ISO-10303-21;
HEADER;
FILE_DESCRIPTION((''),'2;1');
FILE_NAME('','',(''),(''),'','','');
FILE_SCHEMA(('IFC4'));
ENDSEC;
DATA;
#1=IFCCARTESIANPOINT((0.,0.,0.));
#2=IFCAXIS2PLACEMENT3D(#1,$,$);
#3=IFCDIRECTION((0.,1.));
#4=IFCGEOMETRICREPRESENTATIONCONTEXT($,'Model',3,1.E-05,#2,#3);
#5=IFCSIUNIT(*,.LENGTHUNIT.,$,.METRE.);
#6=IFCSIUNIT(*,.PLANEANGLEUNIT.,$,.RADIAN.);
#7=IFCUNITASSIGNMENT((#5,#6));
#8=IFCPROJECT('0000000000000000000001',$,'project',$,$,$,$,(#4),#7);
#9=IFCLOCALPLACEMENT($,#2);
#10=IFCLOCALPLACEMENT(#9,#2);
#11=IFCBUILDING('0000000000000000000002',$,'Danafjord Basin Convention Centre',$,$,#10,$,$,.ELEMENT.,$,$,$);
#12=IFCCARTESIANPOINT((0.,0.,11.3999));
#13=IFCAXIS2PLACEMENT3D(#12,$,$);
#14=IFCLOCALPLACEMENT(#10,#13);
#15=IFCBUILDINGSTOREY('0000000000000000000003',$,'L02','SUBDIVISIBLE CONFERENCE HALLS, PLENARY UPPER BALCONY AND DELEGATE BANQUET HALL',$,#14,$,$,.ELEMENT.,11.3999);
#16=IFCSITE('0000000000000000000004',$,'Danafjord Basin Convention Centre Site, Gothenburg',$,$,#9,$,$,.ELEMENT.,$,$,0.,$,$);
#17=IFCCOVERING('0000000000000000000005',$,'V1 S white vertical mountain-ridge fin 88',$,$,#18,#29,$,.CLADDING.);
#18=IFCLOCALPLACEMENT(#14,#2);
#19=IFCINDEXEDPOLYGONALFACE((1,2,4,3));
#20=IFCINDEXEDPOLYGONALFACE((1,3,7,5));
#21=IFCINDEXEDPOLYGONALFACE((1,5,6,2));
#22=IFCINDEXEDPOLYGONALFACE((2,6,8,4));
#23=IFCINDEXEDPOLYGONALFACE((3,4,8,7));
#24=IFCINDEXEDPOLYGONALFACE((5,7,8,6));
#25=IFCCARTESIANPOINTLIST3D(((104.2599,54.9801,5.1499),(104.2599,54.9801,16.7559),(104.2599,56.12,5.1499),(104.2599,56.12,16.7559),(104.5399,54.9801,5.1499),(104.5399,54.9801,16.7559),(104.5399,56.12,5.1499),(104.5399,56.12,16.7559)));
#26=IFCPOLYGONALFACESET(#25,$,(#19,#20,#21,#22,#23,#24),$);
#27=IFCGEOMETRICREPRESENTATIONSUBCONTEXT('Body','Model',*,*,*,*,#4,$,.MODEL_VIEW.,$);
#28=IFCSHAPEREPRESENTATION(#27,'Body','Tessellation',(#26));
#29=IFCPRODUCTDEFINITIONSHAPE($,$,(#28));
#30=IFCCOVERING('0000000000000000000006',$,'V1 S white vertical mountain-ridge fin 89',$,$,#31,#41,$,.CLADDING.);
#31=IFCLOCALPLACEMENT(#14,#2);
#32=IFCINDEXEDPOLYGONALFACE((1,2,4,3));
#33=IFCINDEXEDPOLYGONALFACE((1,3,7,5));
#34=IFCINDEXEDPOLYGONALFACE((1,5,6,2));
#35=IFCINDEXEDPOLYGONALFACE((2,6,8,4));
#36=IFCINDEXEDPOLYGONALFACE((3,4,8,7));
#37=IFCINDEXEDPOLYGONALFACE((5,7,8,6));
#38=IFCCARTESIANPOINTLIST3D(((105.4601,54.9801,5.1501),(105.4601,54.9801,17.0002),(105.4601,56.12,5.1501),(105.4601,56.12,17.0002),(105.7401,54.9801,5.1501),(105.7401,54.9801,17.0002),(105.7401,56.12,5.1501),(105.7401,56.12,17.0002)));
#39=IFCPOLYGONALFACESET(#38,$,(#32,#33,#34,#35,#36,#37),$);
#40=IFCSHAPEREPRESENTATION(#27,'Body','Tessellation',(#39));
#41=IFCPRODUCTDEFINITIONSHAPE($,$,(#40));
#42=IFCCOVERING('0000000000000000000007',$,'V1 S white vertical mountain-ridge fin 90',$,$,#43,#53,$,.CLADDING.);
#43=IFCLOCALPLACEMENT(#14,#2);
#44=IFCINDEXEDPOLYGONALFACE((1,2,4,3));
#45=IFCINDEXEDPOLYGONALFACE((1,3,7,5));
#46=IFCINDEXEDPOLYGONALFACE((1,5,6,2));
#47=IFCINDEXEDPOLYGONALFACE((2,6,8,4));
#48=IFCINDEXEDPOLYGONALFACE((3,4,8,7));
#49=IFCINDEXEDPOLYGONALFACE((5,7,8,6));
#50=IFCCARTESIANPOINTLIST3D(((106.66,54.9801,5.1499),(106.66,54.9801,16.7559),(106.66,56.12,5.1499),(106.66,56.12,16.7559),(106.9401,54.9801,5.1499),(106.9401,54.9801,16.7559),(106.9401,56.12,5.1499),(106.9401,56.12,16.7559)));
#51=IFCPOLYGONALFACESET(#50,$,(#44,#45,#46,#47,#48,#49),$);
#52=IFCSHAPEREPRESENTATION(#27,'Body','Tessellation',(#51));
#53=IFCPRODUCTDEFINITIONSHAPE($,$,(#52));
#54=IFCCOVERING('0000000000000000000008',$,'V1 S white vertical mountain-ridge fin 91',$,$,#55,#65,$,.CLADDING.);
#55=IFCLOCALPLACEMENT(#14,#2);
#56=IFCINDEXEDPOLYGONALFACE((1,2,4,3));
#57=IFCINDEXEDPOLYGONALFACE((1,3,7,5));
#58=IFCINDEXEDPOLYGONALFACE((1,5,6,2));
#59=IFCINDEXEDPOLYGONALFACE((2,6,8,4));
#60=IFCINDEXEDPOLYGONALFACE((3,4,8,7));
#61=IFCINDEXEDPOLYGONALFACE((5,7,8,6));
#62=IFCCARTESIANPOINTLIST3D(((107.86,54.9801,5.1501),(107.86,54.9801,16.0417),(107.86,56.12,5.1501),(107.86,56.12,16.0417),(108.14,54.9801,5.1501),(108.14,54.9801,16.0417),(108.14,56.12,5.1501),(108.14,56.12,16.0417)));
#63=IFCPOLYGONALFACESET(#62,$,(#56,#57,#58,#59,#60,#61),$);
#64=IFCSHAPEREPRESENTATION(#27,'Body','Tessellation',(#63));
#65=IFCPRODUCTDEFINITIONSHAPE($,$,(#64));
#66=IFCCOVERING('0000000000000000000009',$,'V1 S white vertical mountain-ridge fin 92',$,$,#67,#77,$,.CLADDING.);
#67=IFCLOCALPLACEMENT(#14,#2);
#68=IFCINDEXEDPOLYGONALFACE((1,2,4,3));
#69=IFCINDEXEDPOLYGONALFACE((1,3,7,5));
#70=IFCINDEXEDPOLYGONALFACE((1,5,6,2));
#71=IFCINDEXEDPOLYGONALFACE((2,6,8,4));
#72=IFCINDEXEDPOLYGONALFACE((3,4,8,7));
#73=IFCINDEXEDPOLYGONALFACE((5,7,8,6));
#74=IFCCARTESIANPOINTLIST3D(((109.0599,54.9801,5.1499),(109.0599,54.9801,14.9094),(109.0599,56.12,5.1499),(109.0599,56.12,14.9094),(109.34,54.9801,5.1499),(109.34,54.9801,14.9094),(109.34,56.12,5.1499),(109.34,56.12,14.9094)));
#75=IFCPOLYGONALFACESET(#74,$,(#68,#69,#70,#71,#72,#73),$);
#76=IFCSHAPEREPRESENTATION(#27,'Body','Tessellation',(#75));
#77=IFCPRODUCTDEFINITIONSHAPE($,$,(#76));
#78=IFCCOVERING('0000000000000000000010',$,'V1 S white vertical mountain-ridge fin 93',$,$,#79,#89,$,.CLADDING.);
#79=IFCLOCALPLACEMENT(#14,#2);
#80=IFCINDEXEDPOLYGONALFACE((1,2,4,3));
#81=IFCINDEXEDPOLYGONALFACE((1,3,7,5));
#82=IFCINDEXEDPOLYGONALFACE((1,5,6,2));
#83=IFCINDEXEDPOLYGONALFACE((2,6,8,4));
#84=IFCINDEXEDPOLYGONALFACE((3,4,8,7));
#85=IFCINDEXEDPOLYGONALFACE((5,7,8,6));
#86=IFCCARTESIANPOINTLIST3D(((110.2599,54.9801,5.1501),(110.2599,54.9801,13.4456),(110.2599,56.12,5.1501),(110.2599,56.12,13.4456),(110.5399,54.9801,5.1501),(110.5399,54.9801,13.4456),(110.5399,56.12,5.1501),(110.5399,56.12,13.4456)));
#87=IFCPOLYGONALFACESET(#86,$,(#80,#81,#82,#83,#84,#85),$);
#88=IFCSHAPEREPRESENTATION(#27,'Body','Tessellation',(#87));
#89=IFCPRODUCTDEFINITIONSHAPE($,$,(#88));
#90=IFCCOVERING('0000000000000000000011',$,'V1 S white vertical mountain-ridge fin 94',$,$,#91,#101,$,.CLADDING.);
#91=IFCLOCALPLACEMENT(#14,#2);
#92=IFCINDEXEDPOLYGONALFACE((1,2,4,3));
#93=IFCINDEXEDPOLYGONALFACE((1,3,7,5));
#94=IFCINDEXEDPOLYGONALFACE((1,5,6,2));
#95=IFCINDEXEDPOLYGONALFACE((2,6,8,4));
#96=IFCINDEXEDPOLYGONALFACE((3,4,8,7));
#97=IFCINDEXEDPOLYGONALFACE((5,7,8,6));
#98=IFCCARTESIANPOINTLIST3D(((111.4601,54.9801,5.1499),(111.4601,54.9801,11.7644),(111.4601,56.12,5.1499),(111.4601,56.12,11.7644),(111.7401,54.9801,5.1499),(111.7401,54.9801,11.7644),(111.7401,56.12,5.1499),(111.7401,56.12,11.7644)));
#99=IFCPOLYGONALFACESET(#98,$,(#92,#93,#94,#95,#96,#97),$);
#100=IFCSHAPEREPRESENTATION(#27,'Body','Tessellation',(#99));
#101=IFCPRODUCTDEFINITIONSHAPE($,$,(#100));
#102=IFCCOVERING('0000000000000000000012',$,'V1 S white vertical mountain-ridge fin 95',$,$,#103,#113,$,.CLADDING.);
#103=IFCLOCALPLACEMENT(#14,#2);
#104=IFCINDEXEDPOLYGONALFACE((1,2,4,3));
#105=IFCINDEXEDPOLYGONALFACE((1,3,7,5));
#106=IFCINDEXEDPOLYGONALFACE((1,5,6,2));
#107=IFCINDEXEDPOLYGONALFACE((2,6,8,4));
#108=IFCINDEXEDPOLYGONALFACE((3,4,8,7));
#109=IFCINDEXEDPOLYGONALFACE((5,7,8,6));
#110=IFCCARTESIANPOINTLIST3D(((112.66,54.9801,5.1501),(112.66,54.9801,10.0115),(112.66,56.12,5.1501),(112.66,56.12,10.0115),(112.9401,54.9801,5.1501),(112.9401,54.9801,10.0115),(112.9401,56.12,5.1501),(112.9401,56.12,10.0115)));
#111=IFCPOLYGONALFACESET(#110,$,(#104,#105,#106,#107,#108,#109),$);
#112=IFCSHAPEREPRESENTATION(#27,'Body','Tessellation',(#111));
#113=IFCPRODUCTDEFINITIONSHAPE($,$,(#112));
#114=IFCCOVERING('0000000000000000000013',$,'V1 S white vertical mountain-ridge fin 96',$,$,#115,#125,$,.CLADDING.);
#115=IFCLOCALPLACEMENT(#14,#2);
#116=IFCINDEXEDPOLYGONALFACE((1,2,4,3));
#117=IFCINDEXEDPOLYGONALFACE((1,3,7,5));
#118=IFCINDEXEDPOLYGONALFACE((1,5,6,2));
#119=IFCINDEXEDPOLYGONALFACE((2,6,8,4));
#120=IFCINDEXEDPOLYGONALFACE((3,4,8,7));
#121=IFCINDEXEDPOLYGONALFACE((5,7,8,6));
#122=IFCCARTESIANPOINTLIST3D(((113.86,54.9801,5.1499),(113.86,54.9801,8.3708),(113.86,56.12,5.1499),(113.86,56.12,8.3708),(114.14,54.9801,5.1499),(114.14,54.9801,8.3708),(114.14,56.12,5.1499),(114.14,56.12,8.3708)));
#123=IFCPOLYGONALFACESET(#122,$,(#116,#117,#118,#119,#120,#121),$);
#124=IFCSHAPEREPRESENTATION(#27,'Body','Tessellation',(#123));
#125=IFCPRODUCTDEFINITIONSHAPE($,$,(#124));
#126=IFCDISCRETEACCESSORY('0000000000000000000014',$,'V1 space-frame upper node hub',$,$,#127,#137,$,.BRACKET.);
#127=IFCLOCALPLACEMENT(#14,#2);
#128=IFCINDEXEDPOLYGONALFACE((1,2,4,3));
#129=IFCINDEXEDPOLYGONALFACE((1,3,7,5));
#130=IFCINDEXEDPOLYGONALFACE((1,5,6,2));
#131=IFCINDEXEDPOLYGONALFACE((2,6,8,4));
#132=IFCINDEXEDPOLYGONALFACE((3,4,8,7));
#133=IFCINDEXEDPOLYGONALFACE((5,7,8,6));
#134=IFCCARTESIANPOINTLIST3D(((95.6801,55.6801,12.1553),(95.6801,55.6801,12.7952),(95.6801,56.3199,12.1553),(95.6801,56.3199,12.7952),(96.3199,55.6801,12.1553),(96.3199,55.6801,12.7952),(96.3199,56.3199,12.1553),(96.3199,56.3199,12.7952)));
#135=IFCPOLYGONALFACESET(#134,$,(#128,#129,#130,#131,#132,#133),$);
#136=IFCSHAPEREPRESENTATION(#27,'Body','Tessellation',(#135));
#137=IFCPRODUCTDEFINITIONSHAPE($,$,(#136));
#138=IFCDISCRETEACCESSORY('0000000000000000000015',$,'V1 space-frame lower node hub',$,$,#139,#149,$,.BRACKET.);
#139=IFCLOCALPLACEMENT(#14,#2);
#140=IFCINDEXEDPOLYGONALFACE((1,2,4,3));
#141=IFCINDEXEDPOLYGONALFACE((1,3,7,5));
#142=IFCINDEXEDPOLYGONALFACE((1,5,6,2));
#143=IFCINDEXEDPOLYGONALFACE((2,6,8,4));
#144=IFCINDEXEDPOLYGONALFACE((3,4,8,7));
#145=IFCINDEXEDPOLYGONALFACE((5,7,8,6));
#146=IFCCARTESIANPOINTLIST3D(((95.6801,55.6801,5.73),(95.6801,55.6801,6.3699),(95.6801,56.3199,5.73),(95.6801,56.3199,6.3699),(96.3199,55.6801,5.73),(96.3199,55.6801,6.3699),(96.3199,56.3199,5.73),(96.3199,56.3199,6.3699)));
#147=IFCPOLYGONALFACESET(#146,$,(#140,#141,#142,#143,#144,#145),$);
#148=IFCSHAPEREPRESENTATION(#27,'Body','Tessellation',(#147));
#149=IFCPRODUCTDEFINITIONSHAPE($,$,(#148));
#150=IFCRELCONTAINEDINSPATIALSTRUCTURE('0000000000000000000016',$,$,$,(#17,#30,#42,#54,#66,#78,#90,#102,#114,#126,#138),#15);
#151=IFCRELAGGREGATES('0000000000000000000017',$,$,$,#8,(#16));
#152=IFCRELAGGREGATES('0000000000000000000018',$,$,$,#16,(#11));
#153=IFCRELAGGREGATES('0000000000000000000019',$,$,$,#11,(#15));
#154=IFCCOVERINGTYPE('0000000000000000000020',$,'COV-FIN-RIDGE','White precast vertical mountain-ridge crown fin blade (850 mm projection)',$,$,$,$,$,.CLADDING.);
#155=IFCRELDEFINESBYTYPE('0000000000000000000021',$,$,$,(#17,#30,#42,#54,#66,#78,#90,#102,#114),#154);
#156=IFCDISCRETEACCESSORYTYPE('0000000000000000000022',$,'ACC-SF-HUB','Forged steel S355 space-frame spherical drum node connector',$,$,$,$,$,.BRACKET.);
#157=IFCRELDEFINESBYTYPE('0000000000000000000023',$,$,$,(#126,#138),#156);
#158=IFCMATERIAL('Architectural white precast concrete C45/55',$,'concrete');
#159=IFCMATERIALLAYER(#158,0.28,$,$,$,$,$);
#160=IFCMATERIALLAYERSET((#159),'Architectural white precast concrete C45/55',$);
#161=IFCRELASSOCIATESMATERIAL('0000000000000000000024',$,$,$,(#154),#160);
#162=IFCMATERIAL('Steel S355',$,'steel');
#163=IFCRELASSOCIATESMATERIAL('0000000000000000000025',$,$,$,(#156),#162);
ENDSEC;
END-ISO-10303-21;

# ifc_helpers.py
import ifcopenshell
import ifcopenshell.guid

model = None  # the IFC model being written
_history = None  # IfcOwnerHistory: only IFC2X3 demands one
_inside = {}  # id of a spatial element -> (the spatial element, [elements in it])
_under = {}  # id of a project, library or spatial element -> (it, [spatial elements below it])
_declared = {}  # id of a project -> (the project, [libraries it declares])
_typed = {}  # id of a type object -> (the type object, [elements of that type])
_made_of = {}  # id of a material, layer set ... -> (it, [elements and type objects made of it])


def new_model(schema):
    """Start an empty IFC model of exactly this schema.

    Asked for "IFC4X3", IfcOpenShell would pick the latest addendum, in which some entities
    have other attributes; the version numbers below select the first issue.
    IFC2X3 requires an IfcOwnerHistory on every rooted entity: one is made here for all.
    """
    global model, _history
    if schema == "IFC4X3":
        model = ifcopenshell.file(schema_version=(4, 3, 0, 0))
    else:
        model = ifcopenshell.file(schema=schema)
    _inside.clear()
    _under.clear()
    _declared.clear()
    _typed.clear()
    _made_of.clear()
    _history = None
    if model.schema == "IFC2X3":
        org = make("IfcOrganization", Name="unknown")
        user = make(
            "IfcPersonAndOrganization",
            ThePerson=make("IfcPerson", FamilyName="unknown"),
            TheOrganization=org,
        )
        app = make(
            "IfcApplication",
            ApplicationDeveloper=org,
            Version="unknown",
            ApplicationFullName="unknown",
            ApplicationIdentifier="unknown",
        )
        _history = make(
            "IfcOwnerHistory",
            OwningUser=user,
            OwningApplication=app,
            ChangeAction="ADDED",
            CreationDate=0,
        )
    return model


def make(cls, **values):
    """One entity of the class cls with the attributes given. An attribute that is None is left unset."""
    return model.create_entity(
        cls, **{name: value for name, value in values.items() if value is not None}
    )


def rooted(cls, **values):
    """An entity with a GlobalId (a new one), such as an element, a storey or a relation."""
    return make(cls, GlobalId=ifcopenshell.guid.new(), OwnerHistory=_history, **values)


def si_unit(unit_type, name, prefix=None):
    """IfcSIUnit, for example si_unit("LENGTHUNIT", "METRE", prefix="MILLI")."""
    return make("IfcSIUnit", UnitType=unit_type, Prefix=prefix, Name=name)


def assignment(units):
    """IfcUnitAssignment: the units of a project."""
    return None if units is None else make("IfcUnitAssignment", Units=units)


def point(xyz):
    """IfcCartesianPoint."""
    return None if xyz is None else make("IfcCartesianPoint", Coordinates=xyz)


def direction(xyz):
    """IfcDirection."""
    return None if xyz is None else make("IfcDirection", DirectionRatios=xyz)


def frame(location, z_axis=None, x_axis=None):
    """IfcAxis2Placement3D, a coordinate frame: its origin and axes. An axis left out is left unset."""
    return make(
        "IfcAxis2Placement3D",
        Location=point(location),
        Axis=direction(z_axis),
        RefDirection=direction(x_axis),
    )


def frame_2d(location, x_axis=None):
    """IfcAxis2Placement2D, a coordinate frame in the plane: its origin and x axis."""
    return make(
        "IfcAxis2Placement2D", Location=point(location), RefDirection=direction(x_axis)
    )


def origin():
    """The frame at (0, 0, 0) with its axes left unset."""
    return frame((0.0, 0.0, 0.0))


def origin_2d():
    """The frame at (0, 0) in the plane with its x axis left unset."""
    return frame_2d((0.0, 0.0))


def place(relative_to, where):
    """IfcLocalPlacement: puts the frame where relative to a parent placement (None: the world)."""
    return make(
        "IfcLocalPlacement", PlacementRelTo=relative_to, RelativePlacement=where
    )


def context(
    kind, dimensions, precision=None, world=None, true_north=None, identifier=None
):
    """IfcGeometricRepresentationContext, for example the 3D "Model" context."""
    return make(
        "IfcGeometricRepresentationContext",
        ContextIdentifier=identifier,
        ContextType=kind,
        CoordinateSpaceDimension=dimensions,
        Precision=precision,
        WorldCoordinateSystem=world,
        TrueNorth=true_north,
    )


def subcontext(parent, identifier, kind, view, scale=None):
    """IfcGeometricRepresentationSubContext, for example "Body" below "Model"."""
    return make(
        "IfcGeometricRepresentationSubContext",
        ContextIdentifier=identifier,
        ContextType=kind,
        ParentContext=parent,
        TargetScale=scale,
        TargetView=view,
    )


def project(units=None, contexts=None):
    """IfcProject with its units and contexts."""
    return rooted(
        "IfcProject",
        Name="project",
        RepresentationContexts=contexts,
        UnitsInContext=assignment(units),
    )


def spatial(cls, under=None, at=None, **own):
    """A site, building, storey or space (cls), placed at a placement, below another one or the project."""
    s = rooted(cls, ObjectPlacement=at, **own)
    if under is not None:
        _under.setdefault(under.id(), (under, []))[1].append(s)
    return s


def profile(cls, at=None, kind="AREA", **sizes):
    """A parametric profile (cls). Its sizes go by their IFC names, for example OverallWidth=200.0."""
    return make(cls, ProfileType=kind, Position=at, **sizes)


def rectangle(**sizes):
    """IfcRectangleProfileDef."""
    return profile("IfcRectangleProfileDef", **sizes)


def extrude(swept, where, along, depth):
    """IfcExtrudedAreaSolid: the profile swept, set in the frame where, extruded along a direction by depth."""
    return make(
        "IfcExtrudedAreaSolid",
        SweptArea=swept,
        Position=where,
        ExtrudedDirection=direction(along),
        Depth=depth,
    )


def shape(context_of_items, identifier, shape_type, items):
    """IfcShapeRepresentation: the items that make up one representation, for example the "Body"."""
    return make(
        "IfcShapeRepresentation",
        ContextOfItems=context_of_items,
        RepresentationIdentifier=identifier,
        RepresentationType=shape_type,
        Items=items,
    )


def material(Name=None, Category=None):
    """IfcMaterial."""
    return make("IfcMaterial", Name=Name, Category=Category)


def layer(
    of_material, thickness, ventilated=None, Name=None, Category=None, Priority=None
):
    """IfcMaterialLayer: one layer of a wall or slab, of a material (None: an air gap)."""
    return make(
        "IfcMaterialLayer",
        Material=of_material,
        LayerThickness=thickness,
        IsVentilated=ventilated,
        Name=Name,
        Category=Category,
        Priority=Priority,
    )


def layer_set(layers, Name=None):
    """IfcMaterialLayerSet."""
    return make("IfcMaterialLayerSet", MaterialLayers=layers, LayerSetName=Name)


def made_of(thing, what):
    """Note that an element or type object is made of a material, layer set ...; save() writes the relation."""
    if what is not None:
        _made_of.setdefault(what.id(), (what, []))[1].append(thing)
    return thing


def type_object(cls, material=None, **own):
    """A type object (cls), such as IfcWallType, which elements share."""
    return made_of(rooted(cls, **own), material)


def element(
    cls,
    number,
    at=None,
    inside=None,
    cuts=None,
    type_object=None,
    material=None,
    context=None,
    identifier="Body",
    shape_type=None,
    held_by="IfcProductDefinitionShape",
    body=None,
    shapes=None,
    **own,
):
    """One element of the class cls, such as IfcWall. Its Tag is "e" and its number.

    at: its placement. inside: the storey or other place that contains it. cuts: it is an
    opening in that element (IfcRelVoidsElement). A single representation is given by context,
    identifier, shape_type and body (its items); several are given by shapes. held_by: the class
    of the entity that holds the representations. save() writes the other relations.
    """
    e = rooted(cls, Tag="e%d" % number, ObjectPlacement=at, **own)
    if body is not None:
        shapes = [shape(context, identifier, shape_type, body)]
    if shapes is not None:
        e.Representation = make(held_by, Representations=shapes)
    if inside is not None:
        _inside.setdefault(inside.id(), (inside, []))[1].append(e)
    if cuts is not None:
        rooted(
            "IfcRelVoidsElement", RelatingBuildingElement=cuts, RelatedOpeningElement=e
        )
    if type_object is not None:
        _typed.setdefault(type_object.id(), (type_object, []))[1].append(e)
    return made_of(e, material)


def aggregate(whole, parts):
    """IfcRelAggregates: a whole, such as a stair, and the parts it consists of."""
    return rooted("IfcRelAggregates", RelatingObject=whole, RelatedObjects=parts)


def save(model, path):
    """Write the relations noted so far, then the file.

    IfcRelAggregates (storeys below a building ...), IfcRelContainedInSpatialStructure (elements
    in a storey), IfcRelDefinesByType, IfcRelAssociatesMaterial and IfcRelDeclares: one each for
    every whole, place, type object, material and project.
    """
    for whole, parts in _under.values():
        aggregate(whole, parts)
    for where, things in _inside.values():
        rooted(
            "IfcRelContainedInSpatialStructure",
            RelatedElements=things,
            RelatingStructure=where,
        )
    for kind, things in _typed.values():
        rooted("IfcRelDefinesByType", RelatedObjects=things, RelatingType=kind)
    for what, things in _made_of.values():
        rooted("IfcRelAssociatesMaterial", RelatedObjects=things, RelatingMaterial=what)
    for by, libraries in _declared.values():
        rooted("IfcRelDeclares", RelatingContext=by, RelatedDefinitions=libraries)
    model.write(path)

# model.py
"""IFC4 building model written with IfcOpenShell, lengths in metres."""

from ifc_helpers import new_model, si_unit, direction, frame, origin, origin_2d, place, context, subcontext, project, spatial, rectangle, extrude, material, layer, layer_set, type_object, element, save


model = new_model("IFC4")

# Units and contexts
model_context = context("Model", 3, precision=1e-05, world=origin(), true_north=direction((0.0, 1.0)))
body_context = subcontext(model_context, "Body", "Model", "MODEL_VIEW")
ifc_project = project(units=[si_unit("LENGTHUNIT", "METRE"), si_unit("PLANEANGLEUNIT", "RADIAN")], contexts=[model_context])

# Site, building, storey
site_placement = place(None, origin())
site = spatial("IfcSite", under=ifc_project, at=site_placement, Name="Danafjord Basin Convention Centre Site, Gothenburg", CompositionType="ELEMENT", RefElevation=0.0)
building_placement = place(site_placement, origin())
building = spatial("IfcBuilding", under=site, at=building_placement, Name="Danafjord Basin Convention Centre", CompositionType="ELEMENT")
storey_placement = place(building_placement, frame((0.0, 0.0, 11.3999)))
storey = spatial("IfcBuildingStorey", under=building, at=storey_placement, Name="L02", Description="SUBDIVISIBLE CONFERENCE HALLS, PLENARY UPPER BALCONY AND DELEGATE BANQUET HALL", CompositionType="ELEMENT", Elevation=11.3999)

# Shared definitions
ifc_material_1 = material(Name="Steel S355", Category="steel")

# Coverings
ifc_material_2 = material(Name="Architectural white precast concrete C45/55", Category="concrete")
ifc_layer = layer(ifc_material_2, 0.28)
ifc_layer_set = layer_set([ifc_layer], Name="Architectural white precast concrete C45/55")
covering_type = type_object("IfcCoveringType", Name="COV-FIN-RIDGE", Description="White precast vertical mountain-ridge crown fin blade (850 mm projection)", PredefinedType="CLADDING", material=ifc_layer_set)
covering_1_placement = place(storey_placement, frame((104.3999, 55.55, 5.1499), z_axis=(0.0, 0.0, 1.0), x_axis=(0.0, 1.0, 0.0)))
element("IfcCovering", 1, at=covering_1_placement, inside=storey, type_object=covering_type, Name="V1 S white vertical mountain-ridge fin 88", PredefinedType="CLADDING", context=body_context, shape_type="SweptSolid", body=[
    extrude(rectangle(XDim=1.1399, YDim=0.28, at=origin_2d()), origin(), (0.0, 0.0, 1.0), 11.606),
])
covering_2_placement = place(storey_placement, frame((105.6001, 55.55, 5.1501), z_axis=(0.0, 0.0, 1.0), x_axis=(0.0, 1.0, 0.0)))
element("IfcCovering", 2, at=covering_2_placement, inside=storey, type_object=covering_type, Name="V1 S white vertical mountain-ridge fin 89", PredefinedType="CLADDING", context=body_context, shape_type="SweptSolid", body=[
    extrude(rectangle(XDim=1.1399, YDim=0.28, at=origin_2d()), origin(), (0.0, 0.0, 1.0), 11.8501),
])
covering_3_placement = place(storey_placement, frame((106.8, 55.55, 5.1499), z_axis=(0.0, 0.0, 1.0), x_axis=(0.0, 1.0, 0.0)))
element("IfcCovering", 3, at=covering_3_placement, inside=storey, type_object=covering_type, Name="V1 S white vertical mountain-ridge fin 90", PredefinedType="CLADDING", context=body_context, shape_type="SweptSolid", body=[
    extrude(rectangle(XDim=1.1399, YDim=0.28, at=origin_2d()), origin(), (0.0, 0.0, 1.0), 11.606),
])
covering_4_placement = place(storey_placement, frame((108.0, 55.55, 5.1501), z_axis=(0.0, 0.0, 1.0), x_axis=(0.0, 1.0, 0.0)))
element("IfcCovering", 4, at=covering_4_placement, inside=storey, type_object=covering_type, Name="V1 S white vertical mountain-ridge fin 91", PredefinedType="CLADDING", context=body_context, shape_type="SweptSolid", body=[
    extrude(rectangle(XDim=1.1399, YDim=0.28, at=origin_2d()), origin(), (0.0, 0.0, 1.0), 10.8916),
])
covering_5_placement = place(storey_placement, frame((109.2, 55.55, 5.1499), z_axis=(0.0, 0.0, 1.0), x_axis=(0.0, 1.0, 0.0)))
element("IfcCovering", 5, at=covering_5_placement, inside=storey, type_object=covering_type, Name="V1 S white vertical mountain-ridge fin 92", PredefinedType="CLADDING", context=body_context, shape_type="SweptSolid", body=[
    extrude(rectangle(XDim=1.1399, YDim=0.28, at=origin_2d()), origin(), (0.0, 0.0, 1.0), 9.7595),
])
covering_6_placement = place(storey_placement, frame((110.3999, 55.55, 5.1501), z_axis=(0.0, 0.0, 1.0), x_axis=(0.0, 1.0, 0.0)))
element("IfcCovering", 6, at=covering_6_placement, inside=storey, type_object=covering_type, Name="V1 S white vertical mountain-ridge fin 93", PredefinedType="CLADDING", context=body_context, shape_type="SweptSolid", body=[
    extrude(rectangle(XDim=1.1399, YDim=0.28, at=origin_2d()), origin(), (0.0, 0.0, 1.0), 8.2954),
])
covering_7_placement = place(storey_placement, frame((111.6001, 55.55, 5.1499), z_axis=(0.0, 0.0, 1.0), x_axis=(0.0, 1.0, 0.0)))
element("IfcCovering", 7, at=covering_7_placement, inside=storey, type_object=covering_type, Name="V1 S white vertical mountain-ridge fin 94", PredefinedType="CLADDING", context=body_context, shape_type="SweptSolid", body=[
    extrude(rectangle(XDim=1.1399, YDim=0.28, at=origin_2d()), origin(), (0.0, 0.0, 1.0), 6.6145),
])
covering_8_placement = place(storey_placement, frame((112.8, 55.55, 5.1501), z_axis=(0.0, 0.0, 1.0), x_axis=(0.0, 1.0, 0.0)))
element("IfcCovering", 8, at=covering_8_placement, inside=storey, type_object=covering_type, Name="V1 S white vertical mountain-ridge fin 95", PredefinedType="CLADDING", context=body_context, shape_type="SweptSolid", body=[
    extrude(rectangle(XDim=1.1399, YDim=0.28, at=origin_2d()), origin(), (0.0, 0.0, 1.0), 4.8613),
])
covering_9_placement = place(storey_placement, frame((114.0, 55.55, 5.1499), z_axis=(0.0, 0.0, 1.0), x_axis=(0.0, 1.0, 0.0)))
element("IfcCovering", 9, at=covering_9_placement, inside=storey, type_object=covering_type, Name="V1 S white vertical mountain-ridge fin 96", PredefinedType="CLADDING", context=body_context, shape_type="SweptSolid", body=[
    extrude(rectangle(XDim=1.1399, YDim=0.28, at=origin_2d()), origin(), (0.0, 0.0, 1.0), 3.2209),
])

# Discrete accessories
discrete_accessory_type = type_object("IfcDiscreteAccessoryType", Name="ACC-SF-HUB", Description="Forged steel S355 space-frame spherical drum node connector", PredefinedType="BRACKET", material=ifc_material_1)
for number, where, z_axis, x_axis, name in (
    (10, (96.0, 56.0, 12.1553), (0.0, 0.0, 1.0), (1.0, 0.0, 0.0), "V1 space-frame upper node hub"),
    (11, (96.0, 56.0, 5.73), (0.0, 0.0, 1.0), (1.0, 0.0, 0.0), "V1 space-frame lower node hub"),
):
    element("IfcDiscreteAccessory", number, at=place(storey_placement, frame(where, z_axis=z_axis, x_axis=x_axis)), inside=storey, type_object=discrete_accessory_type, Name=name, PredefinedType="BRACKET", context=body_context, shape_type="SweptSolid", body=[
        extrude(rectangle(XDim=0.6399, YDim=0.6399, at=origin_2d()), origin(), (0.0, 0.0, 1.0), 0.6399),
    ])

save(model, "model.ifc")
